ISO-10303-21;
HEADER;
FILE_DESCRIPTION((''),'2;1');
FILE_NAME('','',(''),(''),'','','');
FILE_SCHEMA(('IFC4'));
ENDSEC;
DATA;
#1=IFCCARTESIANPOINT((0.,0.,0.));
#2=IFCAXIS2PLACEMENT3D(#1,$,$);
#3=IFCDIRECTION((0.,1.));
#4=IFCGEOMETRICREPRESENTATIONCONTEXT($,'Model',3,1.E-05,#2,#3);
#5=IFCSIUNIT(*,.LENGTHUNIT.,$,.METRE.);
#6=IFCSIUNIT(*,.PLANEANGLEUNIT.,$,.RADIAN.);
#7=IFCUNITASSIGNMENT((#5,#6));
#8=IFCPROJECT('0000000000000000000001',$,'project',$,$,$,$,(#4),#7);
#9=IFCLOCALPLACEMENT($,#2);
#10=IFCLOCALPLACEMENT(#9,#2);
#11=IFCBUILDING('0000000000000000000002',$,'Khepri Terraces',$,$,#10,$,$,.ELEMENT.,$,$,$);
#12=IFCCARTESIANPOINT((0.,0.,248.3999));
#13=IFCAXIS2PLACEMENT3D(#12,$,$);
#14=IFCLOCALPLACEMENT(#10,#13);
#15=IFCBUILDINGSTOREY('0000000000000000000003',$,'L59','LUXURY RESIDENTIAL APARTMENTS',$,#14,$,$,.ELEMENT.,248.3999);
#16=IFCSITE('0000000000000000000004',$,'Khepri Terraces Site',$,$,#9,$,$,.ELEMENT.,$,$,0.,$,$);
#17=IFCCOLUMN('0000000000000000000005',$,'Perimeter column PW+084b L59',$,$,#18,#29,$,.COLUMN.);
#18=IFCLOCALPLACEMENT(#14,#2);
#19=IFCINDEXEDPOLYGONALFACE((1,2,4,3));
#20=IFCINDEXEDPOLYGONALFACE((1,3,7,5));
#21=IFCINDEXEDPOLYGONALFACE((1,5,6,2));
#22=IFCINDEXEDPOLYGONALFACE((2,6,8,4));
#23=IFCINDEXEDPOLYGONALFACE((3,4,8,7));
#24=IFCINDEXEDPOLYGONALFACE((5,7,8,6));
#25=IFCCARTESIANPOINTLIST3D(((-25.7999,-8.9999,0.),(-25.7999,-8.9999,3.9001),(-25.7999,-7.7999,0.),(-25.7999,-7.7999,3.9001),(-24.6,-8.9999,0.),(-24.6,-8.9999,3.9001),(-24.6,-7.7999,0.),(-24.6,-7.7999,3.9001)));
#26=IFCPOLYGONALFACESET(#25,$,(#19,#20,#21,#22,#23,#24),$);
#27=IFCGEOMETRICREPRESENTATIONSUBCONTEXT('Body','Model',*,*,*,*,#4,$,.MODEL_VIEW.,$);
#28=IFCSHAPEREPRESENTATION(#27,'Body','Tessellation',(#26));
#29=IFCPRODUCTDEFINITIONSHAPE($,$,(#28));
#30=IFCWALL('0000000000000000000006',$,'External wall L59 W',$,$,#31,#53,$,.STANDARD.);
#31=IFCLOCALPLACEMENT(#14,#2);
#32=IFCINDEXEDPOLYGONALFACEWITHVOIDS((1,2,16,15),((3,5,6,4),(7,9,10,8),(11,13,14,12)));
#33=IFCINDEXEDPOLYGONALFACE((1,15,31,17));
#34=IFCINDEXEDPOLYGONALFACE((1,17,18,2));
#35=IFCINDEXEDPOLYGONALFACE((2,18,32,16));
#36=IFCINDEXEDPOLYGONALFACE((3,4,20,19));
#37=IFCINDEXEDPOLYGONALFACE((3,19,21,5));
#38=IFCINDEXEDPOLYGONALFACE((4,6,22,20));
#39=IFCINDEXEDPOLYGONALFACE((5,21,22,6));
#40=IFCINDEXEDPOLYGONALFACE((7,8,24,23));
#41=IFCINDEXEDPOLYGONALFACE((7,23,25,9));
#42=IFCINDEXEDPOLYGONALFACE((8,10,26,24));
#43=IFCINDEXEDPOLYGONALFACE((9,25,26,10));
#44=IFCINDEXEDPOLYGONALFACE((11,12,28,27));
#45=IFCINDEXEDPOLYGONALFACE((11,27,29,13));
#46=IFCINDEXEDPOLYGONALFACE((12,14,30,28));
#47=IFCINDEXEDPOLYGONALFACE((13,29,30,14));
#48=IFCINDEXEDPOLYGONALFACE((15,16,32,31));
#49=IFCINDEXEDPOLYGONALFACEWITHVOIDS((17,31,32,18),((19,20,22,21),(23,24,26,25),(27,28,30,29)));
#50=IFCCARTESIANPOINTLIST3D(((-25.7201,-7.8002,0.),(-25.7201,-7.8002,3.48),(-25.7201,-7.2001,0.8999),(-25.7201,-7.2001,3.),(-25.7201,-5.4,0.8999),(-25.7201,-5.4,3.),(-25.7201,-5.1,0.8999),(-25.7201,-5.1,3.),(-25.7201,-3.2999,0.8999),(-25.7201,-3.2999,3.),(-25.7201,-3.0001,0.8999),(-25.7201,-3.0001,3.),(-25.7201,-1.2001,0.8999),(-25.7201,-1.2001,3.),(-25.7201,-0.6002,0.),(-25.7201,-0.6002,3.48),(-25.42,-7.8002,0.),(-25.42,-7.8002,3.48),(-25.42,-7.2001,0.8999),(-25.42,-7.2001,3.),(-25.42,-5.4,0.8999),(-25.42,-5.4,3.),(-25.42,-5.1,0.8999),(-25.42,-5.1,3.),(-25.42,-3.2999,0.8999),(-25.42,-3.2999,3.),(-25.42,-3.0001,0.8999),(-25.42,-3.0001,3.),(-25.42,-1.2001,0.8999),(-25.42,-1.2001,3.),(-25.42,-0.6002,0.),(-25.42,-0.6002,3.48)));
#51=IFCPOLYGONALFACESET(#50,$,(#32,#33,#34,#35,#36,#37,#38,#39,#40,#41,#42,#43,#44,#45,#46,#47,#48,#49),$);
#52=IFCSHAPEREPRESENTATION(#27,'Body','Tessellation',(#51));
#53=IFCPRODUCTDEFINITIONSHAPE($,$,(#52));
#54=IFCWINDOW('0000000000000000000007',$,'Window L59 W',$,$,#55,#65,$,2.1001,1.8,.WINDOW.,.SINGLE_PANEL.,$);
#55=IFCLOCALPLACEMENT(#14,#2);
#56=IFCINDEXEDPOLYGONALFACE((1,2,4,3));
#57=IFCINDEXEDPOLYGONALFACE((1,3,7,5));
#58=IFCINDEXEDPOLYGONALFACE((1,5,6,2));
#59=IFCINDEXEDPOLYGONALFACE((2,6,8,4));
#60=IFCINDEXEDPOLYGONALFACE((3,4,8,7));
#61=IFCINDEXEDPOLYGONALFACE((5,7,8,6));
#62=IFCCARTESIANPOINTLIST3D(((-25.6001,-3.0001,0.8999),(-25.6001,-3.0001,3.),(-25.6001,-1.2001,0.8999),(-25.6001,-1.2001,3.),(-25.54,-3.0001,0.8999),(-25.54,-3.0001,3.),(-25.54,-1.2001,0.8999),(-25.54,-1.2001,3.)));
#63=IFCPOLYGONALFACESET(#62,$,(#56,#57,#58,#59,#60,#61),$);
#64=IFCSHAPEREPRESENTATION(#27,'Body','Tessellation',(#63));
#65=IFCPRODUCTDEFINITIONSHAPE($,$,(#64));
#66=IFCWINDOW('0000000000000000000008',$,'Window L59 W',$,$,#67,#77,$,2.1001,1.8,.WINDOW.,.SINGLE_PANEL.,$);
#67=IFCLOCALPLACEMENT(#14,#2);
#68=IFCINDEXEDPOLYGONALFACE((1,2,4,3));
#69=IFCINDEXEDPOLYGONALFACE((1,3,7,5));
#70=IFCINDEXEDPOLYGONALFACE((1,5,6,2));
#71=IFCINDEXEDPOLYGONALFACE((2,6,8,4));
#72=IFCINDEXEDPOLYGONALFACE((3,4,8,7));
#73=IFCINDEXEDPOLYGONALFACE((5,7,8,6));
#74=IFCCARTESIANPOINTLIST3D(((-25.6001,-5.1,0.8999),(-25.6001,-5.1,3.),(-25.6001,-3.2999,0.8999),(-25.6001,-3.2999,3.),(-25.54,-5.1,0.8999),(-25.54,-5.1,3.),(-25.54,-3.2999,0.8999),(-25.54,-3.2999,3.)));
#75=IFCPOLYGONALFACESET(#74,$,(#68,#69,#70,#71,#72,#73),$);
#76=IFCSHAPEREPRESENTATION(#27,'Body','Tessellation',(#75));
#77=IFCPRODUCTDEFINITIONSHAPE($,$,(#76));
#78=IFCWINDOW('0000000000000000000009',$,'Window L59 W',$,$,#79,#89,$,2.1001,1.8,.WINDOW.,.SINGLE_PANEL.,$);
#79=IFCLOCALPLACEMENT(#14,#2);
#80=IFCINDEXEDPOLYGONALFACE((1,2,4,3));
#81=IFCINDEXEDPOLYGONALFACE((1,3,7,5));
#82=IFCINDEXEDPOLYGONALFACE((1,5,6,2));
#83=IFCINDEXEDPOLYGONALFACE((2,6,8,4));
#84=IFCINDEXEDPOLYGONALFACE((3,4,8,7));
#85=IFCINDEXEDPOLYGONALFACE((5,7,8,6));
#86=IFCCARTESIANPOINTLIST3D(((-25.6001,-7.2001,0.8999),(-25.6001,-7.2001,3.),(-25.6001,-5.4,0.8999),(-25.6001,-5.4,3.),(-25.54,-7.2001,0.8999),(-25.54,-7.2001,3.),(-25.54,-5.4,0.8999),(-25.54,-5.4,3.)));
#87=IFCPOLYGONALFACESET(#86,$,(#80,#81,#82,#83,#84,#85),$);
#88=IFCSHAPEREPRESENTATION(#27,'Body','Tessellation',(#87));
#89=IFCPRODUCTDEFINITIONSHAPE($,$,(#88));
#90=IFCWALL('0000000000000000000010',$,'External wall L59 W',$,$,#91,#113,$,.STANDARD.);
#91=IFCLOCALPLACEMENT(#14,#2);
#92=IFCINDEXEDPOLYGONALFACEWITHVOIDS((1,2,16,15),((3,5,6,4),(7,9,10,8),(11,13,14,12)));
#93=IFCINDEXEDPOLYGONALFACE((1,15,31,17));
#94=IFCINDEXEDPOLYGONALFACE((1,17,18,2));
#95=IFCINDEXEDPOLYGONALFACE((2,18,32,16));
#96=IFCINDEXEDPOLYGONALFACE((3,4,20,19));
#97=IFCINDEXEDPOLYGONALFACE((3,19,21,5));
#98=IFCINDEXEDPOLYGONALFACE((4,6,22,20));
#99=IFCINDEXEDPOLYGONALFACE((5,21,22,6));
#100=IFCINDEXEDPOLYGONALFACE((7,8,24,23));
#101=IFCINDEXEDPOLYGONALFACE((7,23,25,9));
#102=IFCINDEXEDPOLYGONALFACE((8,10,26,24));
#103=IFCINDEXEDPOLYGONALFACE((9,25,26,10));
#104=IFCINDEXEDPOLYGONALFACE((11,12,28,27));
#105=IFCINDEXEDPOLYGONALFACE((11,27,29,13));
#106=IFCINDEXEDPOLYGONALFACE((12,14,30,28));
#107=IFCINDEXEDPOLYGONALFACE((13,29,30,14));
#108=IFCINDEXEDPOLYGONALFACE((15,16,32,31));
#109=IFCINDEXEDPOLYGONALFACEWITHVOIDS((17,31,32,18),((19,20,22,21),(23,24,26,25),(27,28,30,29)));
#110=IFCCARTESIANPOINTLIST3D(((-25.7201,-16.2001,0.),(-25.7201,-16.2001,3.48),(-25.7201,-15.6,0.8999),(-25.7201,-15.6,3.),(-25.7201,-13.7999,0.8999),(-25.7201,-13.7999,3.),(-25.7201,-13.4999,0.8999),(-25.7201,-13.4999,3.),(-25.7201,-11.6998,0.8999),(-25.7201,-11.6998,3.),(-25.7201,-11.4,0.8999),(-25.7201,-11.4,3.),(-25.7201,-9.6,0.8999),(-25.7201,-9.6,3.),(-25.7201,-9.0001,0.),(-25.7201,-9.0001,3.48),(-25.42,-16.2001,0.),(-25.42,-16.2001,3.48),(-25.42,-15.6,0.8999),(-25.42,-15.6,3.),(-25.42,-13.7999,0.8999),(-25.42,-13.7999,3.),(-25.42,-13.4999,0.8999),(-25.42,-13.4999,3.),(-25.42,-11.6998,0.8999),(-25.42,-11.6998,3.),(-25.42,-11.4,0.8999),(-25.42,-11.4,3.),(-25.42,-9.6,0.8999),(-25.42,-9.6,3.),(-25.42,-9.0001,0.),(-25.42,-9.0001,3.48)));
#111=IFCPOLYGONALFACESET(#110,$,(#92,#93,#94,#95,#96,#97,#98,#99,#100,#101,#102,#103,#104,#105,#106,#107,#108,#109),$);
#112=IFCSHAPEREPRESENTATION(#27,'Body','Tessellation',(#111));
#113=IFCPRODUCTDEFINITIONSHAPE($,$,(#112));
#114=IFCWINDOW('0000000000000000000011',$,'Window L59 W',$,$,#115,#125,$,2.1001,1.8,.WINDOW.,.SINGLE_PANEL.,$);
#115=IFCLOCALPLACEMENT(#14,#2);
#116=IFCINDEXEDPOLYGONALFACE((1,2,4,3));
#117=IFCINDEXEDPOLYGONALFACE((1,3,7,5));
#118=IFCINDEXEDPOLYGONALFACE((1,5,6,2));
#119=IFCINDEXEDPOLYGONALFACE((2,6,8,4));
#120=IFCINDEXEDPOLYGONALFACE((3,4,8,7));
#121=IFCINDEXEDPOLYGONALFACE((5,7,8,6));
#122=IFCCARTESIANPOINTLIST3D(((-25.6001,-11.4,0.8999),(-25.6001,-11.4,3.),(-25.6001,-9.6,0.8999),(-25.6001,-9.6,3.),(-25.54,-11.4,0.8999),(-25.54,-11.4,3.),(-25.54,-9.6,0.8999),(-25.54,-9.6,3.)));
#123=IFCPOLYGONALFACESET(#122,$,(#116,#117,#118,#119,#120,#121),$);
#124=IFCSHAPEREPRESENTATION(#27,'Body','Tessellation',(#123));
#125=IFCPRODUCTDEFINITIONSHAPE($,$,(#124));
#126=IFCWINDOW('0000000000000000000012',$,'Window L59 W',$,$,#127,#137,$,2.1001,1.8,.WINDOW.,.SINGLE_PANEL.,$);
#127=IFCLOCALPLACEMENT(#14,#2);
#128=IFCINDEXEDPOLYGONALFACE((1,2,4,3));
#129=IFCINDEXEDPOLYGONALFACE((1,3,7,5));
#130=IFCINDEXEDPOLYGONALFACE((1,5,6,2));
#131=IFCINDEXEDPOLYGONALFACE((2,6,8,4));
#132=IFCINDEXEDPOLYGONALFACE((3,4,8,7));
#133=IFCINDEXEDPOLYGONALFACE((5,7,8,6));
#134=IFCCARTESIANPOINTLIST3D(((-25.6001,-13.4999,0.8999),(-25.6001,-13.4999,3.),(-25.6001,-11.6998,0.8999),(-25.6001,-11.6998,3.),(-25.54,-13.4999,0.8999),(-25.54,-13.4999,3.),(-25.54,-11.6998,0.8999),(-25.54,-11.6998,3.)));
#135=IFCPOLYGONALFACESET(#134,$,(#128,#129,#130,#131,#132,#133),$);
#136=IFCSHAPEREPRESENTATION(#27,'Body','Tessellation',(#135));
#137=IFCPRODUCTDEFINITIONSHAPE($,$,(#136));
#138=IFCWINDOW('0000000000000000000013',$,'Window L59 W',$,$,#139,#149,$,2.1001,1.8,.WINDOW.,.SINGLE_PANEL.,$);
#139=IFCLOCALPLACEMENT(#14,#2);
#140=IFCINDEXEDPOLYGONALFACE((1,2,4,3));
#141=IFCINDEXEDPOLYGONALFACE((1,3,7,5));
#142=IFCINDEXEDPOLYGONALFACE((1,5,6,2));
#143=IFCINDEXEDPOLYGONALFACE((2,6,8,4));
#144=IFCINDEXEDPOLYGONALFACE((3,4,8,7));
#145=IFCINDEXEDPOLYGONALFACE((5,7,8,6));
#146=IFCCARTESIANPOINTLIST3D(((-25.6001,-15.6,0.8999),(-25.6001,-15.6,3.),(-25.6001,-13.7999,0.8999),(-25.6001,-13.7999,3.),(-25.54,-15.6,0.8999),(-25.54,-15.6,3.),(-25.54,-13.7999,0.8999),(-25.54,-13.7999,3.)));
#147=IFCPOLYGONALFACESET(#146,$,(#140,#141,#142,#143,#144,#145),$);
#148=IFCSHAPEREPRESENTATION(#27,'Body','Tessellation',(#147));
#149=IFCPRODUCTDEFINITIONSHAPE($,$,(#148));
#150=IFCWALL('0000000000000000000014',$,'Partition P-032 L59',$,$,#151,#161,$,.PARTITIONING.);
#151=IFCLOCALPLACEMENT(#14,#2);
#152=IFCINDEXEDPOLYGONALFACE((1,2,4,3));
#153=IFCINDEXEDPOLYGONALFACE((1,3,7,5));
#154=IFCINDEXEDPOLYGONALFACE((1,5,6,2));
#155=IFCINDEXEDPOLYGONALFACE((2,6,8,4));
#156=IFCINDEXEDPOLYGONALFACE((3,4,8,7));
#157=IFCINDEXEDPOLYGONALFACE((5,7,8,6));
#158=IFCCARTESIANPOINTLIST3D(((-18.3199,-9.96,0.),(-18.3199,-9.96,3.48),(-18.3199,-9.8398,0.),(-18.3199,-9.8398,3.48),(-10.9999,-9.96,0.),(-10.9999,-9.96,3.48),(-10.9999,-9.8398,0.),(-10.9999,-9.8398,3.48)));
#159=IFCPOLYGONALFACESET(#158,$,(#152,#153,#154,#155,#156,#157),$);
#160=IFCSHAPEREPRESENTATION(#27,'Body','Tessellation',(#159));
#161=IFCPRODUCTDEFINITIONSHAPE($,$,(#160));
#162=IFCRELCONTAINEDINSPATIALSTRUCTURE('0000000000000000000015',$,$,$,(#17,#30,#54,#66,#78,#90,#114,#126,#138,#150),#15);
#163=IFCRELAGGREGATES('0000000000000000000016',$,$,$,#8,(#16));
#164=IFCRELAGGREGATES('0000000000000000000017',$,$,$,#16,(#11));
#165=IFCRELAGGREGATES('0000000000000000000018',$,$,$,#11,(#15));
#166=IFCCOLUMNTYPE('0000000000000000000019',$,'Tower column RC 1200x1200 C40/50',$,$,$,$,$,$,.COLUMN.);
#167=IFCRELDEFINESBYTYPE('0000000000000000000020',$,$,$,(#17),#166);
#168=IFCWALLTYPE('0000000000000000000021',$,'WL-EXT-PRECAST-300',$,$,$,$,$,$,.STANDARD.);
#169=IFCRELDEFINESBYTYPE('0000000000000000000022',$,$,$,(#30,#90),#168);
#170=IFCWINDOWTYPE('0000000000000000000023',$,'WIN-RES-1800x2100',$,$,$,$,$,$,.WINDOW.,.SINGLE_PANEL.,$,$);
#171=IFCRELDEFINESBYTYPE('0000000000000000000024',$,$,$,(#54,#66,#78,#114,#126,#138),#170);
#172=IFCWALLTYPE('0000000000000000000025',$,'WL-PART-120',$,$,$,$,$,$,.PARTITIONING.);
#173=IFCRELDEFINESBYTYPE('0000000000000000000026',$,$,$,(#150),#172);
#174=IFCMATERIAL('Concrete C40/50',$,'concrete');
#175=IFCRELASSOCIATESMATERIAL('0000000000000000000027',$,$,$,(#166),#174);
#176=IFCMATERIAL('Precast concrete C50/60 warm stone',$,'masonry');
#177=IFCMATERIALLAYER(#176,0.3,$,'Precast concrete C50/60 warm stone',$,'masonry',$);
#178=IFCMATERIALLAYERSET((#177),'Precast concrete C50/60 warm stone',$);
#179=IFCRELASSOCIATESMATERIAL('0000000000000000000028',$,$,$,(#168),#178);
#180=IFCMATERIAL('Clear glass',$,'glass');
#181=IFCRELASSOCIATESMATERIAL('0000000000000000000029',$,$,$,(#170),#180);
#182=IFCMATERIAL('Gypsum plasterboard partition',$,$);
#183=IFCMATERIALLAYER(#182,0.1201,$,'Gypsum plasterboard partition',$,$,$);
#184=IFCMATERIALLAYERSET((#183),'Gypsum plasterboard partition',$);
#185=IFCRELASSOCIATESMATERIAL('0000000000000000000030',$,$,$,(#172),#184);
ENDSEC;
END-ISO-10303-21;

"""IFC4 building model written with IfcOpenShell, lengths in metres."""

from ifc_helpers import new_model, si_unit, direction, frame, frame_2d, origin, origin_2d, place, context, subcontext, project, spatial, rectangle, extrude, material, layer, layer_set, material_profile, profile_set, type_object, element, fill, save


model = new_model("IFC4")

# Units and contexts
model_context = context("Model", 3, precision=1e-05, world=origin(), true_north=direction((0.0, 1.0)))
body_context = subcontext(model_context, "Body", "Model", "MODEL_VIEW")
ifc_project = project(units=[si_unit("LENGTHUNIT", "METRE"), si_unit("PLANEANGLEUNIT", "RADIAN")], contexts=[model_context])

# Site, building, storey
site_placement = place(None, origin())
site = spatial("IfcSite", under=ifc_project, at=site_placement, Name="Khepri Terraces Site", CompositionType="ELEMENT", RefElevation=0.0)
building_placement = place(site_placement, origin())
building = spatial("IfcBuilding", under=site, at=building_placement, Name="Khepri Terraces", CompositionType="ELEMENT")
storey_placement = place(building_placement, frame((0.0, 0.0, 248.3999)))
storey = spatial("IfcBuildingStorey", under=building, at=storey_placement, Name="L59", Description="LUXURY RESIDENTIAL APARTMENTS", CompositionType="ELEMENT", Elevation=248.3999)

# Column
ifc_material_1 = material(Name="Concrete C40/50", Category="concrete")
ifc_material_profile = material_profile(ifc_material_1, rectangle(XDim=1.2, YDim=1.2, at=origin_2d()), Name="Concrete C40/50", Category="concrete")
ifc_profile_set = profile_set([ifc_material_profile], Name="Concrete C40/50")
column_type = type_object("IfcColumnType", Name="Tower column RC 1200x1200 C40/50", PredefinedType="COLUMN", material=ifc_profile_set)
column_placement = place(storey_placement, frame((-25.2, -8.3999, 0.0), z_axis=(0.0, 0.0, 1.0), x_axis=(1.0, 0.0, 0.0)))
element("IfcColumn", 1, at=column_placement, inside=storey, type_object=column_type, Name="Perimeter column PW+084b L59", PredefinedType="COLUMN", context=body_context, shape_type="SweptSolid", body=[
    extrude(rectangle(XDim=1.2, YDim=1.2, at=origin_2d()), origin(), (0.0, 0.0, 1.0), 3.9001),
])

# Walls, openings, windows
ifc_material_2 = material(Name="Precast concrete C50/60 warm stone", Category="masonry")
ifc_layer_1 = layer(ifc_material_2, 0.3, Name="Precast concrete C50/60 warm stone", Category="masonry")
ifc_layer_set_1 = layer_set([ifc_layer_1], Name="Precast concrete C50/60 warm stone")
wall_type_1 = type_object("IfcWallType", Name="WL-EXT-PRECAST-300", PredefinedType="STANDARD", material=ifc_layer_set_1)
wall_1_placement = place(storey_placement, frame((-25.5701, -0.6001, 0.0), z_axis=(0.0, 0.0, 1.0), x_axis=(0.0, -1.0, 0.0)))
wall_1 = element("IfcWall", 2, at=wall_1_placement, inside=storey, type_object=wall_type_1, Name="External wall L59 W", PredefinedType="STANDARD", context=body_context, shape_type="SweptSolid", body=[
    extrude(rectangle(XDim=7.2, YDim=0.3, at=frame_2d((3.6001, 0.0))), origin(), (0.0, 0.0, 1.0), 3.48),
])
opening_1_placement = place(wall_1_placement, frame((0.6001, 0.0, 0.8999)))
opening_1 = element("IfcOpeningElement", 3, at=opening_1_placement, cuts=wall_1, PredefinedType="OPENING", context=body_context, shape_type="SweptSolid", body=[
    extrude(rectangle(XDim=1.8, YDim=2.1001, at=frame_2d((0.8999, 1.05))), frame((0.0, 0.1602, 0.0), z_axis=(0.0, -1.0, 0.0), x_axis=(1.0, 0.0, 0.0)), (0.0, 0.0, 1.0), 0.3201),
])
opening_2_placement = place(wall_1_placement, frame((2.7, 0.0, 0.8999)))
opening_2 = element("IfcOpeningElement", 4, at=opening_2_placement, cuts=wall_1, PredefinedType="OPENING", context=body_context, shape_type="SweptSolid", body=[
    extrude(rectangle(XDim=1.8, YDim=2.1001, at=frame_2d((0.8999, 1.05))), frame((0.0, 0.1602, 0.0), z_axis=(0.0, -1.0, 0.0), x_axis=(1.0, 0.0, 0.0)), (0.0, 0.0, 1.0), 0.3201),
])
opening_3_placement = place(wall_1_placement, frame((4.8, 0.0, 0.8999)))
opening_3 = element("IfcOpeningElement", 5, at=opening_3_placement, cuts=wall_1, PredefinedType="OPENING", context=body_context, shape_type="SweptSolid", body=[
    extrude(rectangle(XDim=1.8, YDim=2.1001, at=frame_2d((0.8999, 1.05))), frame((0.0, 0.1602, 0.0), z_axis=(0.0, -1.0, 0.0), x_axis=(1.0, 0.0, 0.0)), (0.0, 0.0, 1.0), 0.3201),
])
ifc_material_3 = material(Name="Clear glass", Category="glass")
window_type = type_object("IfcWindowType", Name="WIN-RES-1800x2100", PartitioningType="SINGLE_PANEL", PredefinedType="WINDOW", material=ifc_material_3)
window_1_placement = place(opening_1_placement, origin())
window_1 = element("IfcWindow", 6, at=window_1_placement, inside=storey, type_object=window_type, Name="Window L59 W", OverallHeight=2.1001, OverallWidth=1.8, PartitioningType="SINGLE_PANEL", PredefinedType="WINDOW", context=body_context, shape_type="SweptSolid", body=[
    extrude(rectangle(XDim=1.8, YDim=2.1001, at=frame_2d((0.8999, 1.05))), frame((0.0, 0.03, 0.0), z_axis=(0.0, -1.0, 0.0), x_axis=(1.0, 0.0, 0.0)), (0.0, 0.0, 1.0), 0.0601),
])
fill(opening_1, window_1)
window_2_placement = place(opening_2_placement, origin())
window_2 = element("IfcWindow", 7, at=window_2_placement, inside=storey, type_object=window_type, Name="Window L59 W", OverallHeight=2.1001, OverallWidth=1.8, PartitioningType="SINGLE_PANEL", PredefinedType="WINDOW", context=body_context, shape_type="SweptSolid", body=[
    extrude(rectangle(XDim=1.8, YDim=2.1001, at=frame_2d((0.8999, 1.05))), frame((0.0, 0.03, 0.0), z_axis=(0.0, -1.0, 0.0), x_axis=(1.0, 0.0, 0.0)), (0.0, 0.0, 1.0), 0.0601),
])
fill(opening_2, window_2)
window_3_placement = place(opening_3_placement, origin())
window_3 = element("IfcWindow", 8, at=window_3_placement, inside=storey, type_object=window_type, Name="Window L59 W", OverallHeight=2.1001, OverallWidth=1.8, PartitioningType="SINGLE_PANEL", PredefinedType="WINDOW", context=body_context, shape_type="SweptSolid", body=[
    extrude(rectangle(XDim=1.8, YDim=2.1001, at=frame_2d((0.8999, 1.05))), frame((0.0, 0.03, 0.0), z_axis=(0.0, -1.0, 0.0), x_axis=(1.0, 0.0, 0.0)), (0.0, 0.0, 1.0), 0.0601),
])
fill(opening_3, window_3)
wall_2_placement = place(storey_placement, frame((-25.5701, -9.0, 0.0), z_axis=(0.0, 0.0, 1.0), x_axis=(0.0, -1.0, 0.0)))
wall_2 = element("IfcWall", 9, at=wall_2_placement, inside=storey, type_object=wall_type_1, Name="External wall L59 W", PredefinedType="STANDARD", context=body_context, shape_type="SweptSolid", body=[
    extrude(rectangle(XDim=7.2, YDim=0.3, at=frame_2d((3.6001, 0.0))), origin(), (0.0, 0.0, 1.0), 3.48),
])
opening_4_placement = place(wall_2_placement, frame((0.6001, 0.0, 0.8999)))
opening_4 = element("IfcOpeningElement", 10, at=opening_4_placement, cuts=wall_2, PredefinedType="OPENING", context=body_context, shape_type="SweptSolid", body=[
    extrude(rectangle(XDim=1.8, YDim=2.1001, at=frame_2d((0.8999, 1.05))), frame((0.0, 0.1602, 0.0), z_axis=(0.0, -1.0, 0.0), x_axis=(1.0, 0.0, 0.0)), (0.0, 0.0, 1.0), 0.3201),
])
opening_5_placement = place(wall_2_placement, frame((2.7, 0.0, 0.8999)))
opening_5 = element("IfcOpeningElement", 11, at=opening_5_placement, cuts=wall_2, PredefinedType="OPENING", context=body_context, shape_type="SweptSolid", body=[
    extrude(rectangle(XDim=1.8, YDim=2.1001, at=frame_2d((0.8999, 1.05))), frame((0.0, 0.1602, 0.0), z_axis=(0.0, -1.0, 0.0), x_axis=(1.0, 0.0, 0.0)), (0.0, 0.0, 1.0), 0.3201),
])
opening_6_placement = place(wall_2_placement, frame((4.8, 0.0, 0.8999)))
opening_6 = element("IfcOpeningElement", 12, at=opening_6_placement, cuts=wall_2, PredefinedType="OPENING", context=body_context, shape_type="SweptSolid", body=[
    extrude(rectangle(XDim=1.8, YDim=2.1001, at=frame_2d((0.8999, 1.05))), frame((0.0, 0.1602, 0.0), z_axis=(0.0, -1.0, 0.0), x_axis=(1.0, 0.0, 0.0)), (0.0, 0.0, 1.0), 0.3201),
])
window_4_placement = place(opening_4_placement, origin())
window_4 = element("IfcWindow", 13, at=window_4_placement, inside=storey, type_object=window_type, Name="Window L59 W", OverallHeight=2.1001, OverallWidth=1.8, PartitioningType="SINGLE_PANEL", PredefinedType="WINDOW", context=body_context, shape_type="SweptSolid", body=[
    extrude(rectangle(XDim=1.8, YDim=2.1001, at=frame_2d((0.8999, 1.05))), frame((0.0, 0.03, 0.0), z_axis=(0.0, -1.0, 0.0), x_axis=(1.0, 0.0, 0.0)), (0.0, 0.0, 1.0), 0.0601),
])
fill(opening_4, window_4)
window_5_placement = place(opening_5_placement, origin())
window_5 = element("IfcWindow", 14, at=window_5_placement, inside=storey, type_object=window_type, Name="Window L59 W", OverallHeight=2.1001, OverallWidth=1.8, PartitioningType="SINGLE_PANEL", PredefinedType="WINDOW", context=body_context, shape_type="SweptSolid", body=[
    extrude(rectangle(XDim=1.8, YDim=2.1001, at=frame_2d((0.8999, 1.05))), frame((0.0, 0.03, 0.0), z_axis=(0.0, -1.0, 0.0), x_axis=(1.0, 0.0, 0.0)), (0.0, 0.0, 1.0), 0.0601),
])
fill(opening_5, window_5)
window_6_placement = place(opening_6_placement, origin())
window_6 = element("IfcWindow", 15, at=window_6_placement, inside=storey, type_object=window_type, Name="Window L59 W", OverallHeight=2.1001, OverallWidth=1.8, PartitioningType="SINGLE_PANEL", PredefinedType="WINDOW", context=body_context, shape_type="SweptSolid", body=[
    extrude(rectangle(XDim=1.8, YDim=2.1001, at=frame_2d((0.8999, 1.05))), frame((0.0, 0.03, 0.0), z_axis=(0.0, -1.0, 0.0), x_axis=(1.0, 0.0, 0.0)), (0.0, 0.0, 1.0), 0.0601),
])
fill(opening_6, window_6)

# Wall
ifc_material_4 = material(Name="Gypsum plasterboard partition")
ifc_layer_2 = layer(ifc_material_4, 0.1201, Name="Gypsum plasterboard partition")
ifc_layer_set_2 = layer_set([ifc_layer_2], Name="Gypsum plasterboard partition")
wall_type_2 = type_object("IfcWallType", Name="WL-PART-120", PredefinedType="PARTITIONING", material=ifc_layer_set_2)
wall_3_placement = place(storey_placement, frame((-18.3201, -9.8999, 0.0), z_axis=(0.0, 0.0, 1.0), x_axis=(1.0, 0.0, 0.0)))
element("IfcWall", 16, at=wall_3_placement, inside=storey, type_object=wall_type_2, Name="Partition P-032 L59", PredefinedType="PARTITIONING", context=body_context, shape_type="SweptSolid", body=[
    extrude(rectangle(XDim=7.3201, YDim=0.1201, at=frame_2d((3.6602, 0.0))), origin(), (0.0, 0.0, 1.0), 3.48),
])

save(model, "model.ifc")
